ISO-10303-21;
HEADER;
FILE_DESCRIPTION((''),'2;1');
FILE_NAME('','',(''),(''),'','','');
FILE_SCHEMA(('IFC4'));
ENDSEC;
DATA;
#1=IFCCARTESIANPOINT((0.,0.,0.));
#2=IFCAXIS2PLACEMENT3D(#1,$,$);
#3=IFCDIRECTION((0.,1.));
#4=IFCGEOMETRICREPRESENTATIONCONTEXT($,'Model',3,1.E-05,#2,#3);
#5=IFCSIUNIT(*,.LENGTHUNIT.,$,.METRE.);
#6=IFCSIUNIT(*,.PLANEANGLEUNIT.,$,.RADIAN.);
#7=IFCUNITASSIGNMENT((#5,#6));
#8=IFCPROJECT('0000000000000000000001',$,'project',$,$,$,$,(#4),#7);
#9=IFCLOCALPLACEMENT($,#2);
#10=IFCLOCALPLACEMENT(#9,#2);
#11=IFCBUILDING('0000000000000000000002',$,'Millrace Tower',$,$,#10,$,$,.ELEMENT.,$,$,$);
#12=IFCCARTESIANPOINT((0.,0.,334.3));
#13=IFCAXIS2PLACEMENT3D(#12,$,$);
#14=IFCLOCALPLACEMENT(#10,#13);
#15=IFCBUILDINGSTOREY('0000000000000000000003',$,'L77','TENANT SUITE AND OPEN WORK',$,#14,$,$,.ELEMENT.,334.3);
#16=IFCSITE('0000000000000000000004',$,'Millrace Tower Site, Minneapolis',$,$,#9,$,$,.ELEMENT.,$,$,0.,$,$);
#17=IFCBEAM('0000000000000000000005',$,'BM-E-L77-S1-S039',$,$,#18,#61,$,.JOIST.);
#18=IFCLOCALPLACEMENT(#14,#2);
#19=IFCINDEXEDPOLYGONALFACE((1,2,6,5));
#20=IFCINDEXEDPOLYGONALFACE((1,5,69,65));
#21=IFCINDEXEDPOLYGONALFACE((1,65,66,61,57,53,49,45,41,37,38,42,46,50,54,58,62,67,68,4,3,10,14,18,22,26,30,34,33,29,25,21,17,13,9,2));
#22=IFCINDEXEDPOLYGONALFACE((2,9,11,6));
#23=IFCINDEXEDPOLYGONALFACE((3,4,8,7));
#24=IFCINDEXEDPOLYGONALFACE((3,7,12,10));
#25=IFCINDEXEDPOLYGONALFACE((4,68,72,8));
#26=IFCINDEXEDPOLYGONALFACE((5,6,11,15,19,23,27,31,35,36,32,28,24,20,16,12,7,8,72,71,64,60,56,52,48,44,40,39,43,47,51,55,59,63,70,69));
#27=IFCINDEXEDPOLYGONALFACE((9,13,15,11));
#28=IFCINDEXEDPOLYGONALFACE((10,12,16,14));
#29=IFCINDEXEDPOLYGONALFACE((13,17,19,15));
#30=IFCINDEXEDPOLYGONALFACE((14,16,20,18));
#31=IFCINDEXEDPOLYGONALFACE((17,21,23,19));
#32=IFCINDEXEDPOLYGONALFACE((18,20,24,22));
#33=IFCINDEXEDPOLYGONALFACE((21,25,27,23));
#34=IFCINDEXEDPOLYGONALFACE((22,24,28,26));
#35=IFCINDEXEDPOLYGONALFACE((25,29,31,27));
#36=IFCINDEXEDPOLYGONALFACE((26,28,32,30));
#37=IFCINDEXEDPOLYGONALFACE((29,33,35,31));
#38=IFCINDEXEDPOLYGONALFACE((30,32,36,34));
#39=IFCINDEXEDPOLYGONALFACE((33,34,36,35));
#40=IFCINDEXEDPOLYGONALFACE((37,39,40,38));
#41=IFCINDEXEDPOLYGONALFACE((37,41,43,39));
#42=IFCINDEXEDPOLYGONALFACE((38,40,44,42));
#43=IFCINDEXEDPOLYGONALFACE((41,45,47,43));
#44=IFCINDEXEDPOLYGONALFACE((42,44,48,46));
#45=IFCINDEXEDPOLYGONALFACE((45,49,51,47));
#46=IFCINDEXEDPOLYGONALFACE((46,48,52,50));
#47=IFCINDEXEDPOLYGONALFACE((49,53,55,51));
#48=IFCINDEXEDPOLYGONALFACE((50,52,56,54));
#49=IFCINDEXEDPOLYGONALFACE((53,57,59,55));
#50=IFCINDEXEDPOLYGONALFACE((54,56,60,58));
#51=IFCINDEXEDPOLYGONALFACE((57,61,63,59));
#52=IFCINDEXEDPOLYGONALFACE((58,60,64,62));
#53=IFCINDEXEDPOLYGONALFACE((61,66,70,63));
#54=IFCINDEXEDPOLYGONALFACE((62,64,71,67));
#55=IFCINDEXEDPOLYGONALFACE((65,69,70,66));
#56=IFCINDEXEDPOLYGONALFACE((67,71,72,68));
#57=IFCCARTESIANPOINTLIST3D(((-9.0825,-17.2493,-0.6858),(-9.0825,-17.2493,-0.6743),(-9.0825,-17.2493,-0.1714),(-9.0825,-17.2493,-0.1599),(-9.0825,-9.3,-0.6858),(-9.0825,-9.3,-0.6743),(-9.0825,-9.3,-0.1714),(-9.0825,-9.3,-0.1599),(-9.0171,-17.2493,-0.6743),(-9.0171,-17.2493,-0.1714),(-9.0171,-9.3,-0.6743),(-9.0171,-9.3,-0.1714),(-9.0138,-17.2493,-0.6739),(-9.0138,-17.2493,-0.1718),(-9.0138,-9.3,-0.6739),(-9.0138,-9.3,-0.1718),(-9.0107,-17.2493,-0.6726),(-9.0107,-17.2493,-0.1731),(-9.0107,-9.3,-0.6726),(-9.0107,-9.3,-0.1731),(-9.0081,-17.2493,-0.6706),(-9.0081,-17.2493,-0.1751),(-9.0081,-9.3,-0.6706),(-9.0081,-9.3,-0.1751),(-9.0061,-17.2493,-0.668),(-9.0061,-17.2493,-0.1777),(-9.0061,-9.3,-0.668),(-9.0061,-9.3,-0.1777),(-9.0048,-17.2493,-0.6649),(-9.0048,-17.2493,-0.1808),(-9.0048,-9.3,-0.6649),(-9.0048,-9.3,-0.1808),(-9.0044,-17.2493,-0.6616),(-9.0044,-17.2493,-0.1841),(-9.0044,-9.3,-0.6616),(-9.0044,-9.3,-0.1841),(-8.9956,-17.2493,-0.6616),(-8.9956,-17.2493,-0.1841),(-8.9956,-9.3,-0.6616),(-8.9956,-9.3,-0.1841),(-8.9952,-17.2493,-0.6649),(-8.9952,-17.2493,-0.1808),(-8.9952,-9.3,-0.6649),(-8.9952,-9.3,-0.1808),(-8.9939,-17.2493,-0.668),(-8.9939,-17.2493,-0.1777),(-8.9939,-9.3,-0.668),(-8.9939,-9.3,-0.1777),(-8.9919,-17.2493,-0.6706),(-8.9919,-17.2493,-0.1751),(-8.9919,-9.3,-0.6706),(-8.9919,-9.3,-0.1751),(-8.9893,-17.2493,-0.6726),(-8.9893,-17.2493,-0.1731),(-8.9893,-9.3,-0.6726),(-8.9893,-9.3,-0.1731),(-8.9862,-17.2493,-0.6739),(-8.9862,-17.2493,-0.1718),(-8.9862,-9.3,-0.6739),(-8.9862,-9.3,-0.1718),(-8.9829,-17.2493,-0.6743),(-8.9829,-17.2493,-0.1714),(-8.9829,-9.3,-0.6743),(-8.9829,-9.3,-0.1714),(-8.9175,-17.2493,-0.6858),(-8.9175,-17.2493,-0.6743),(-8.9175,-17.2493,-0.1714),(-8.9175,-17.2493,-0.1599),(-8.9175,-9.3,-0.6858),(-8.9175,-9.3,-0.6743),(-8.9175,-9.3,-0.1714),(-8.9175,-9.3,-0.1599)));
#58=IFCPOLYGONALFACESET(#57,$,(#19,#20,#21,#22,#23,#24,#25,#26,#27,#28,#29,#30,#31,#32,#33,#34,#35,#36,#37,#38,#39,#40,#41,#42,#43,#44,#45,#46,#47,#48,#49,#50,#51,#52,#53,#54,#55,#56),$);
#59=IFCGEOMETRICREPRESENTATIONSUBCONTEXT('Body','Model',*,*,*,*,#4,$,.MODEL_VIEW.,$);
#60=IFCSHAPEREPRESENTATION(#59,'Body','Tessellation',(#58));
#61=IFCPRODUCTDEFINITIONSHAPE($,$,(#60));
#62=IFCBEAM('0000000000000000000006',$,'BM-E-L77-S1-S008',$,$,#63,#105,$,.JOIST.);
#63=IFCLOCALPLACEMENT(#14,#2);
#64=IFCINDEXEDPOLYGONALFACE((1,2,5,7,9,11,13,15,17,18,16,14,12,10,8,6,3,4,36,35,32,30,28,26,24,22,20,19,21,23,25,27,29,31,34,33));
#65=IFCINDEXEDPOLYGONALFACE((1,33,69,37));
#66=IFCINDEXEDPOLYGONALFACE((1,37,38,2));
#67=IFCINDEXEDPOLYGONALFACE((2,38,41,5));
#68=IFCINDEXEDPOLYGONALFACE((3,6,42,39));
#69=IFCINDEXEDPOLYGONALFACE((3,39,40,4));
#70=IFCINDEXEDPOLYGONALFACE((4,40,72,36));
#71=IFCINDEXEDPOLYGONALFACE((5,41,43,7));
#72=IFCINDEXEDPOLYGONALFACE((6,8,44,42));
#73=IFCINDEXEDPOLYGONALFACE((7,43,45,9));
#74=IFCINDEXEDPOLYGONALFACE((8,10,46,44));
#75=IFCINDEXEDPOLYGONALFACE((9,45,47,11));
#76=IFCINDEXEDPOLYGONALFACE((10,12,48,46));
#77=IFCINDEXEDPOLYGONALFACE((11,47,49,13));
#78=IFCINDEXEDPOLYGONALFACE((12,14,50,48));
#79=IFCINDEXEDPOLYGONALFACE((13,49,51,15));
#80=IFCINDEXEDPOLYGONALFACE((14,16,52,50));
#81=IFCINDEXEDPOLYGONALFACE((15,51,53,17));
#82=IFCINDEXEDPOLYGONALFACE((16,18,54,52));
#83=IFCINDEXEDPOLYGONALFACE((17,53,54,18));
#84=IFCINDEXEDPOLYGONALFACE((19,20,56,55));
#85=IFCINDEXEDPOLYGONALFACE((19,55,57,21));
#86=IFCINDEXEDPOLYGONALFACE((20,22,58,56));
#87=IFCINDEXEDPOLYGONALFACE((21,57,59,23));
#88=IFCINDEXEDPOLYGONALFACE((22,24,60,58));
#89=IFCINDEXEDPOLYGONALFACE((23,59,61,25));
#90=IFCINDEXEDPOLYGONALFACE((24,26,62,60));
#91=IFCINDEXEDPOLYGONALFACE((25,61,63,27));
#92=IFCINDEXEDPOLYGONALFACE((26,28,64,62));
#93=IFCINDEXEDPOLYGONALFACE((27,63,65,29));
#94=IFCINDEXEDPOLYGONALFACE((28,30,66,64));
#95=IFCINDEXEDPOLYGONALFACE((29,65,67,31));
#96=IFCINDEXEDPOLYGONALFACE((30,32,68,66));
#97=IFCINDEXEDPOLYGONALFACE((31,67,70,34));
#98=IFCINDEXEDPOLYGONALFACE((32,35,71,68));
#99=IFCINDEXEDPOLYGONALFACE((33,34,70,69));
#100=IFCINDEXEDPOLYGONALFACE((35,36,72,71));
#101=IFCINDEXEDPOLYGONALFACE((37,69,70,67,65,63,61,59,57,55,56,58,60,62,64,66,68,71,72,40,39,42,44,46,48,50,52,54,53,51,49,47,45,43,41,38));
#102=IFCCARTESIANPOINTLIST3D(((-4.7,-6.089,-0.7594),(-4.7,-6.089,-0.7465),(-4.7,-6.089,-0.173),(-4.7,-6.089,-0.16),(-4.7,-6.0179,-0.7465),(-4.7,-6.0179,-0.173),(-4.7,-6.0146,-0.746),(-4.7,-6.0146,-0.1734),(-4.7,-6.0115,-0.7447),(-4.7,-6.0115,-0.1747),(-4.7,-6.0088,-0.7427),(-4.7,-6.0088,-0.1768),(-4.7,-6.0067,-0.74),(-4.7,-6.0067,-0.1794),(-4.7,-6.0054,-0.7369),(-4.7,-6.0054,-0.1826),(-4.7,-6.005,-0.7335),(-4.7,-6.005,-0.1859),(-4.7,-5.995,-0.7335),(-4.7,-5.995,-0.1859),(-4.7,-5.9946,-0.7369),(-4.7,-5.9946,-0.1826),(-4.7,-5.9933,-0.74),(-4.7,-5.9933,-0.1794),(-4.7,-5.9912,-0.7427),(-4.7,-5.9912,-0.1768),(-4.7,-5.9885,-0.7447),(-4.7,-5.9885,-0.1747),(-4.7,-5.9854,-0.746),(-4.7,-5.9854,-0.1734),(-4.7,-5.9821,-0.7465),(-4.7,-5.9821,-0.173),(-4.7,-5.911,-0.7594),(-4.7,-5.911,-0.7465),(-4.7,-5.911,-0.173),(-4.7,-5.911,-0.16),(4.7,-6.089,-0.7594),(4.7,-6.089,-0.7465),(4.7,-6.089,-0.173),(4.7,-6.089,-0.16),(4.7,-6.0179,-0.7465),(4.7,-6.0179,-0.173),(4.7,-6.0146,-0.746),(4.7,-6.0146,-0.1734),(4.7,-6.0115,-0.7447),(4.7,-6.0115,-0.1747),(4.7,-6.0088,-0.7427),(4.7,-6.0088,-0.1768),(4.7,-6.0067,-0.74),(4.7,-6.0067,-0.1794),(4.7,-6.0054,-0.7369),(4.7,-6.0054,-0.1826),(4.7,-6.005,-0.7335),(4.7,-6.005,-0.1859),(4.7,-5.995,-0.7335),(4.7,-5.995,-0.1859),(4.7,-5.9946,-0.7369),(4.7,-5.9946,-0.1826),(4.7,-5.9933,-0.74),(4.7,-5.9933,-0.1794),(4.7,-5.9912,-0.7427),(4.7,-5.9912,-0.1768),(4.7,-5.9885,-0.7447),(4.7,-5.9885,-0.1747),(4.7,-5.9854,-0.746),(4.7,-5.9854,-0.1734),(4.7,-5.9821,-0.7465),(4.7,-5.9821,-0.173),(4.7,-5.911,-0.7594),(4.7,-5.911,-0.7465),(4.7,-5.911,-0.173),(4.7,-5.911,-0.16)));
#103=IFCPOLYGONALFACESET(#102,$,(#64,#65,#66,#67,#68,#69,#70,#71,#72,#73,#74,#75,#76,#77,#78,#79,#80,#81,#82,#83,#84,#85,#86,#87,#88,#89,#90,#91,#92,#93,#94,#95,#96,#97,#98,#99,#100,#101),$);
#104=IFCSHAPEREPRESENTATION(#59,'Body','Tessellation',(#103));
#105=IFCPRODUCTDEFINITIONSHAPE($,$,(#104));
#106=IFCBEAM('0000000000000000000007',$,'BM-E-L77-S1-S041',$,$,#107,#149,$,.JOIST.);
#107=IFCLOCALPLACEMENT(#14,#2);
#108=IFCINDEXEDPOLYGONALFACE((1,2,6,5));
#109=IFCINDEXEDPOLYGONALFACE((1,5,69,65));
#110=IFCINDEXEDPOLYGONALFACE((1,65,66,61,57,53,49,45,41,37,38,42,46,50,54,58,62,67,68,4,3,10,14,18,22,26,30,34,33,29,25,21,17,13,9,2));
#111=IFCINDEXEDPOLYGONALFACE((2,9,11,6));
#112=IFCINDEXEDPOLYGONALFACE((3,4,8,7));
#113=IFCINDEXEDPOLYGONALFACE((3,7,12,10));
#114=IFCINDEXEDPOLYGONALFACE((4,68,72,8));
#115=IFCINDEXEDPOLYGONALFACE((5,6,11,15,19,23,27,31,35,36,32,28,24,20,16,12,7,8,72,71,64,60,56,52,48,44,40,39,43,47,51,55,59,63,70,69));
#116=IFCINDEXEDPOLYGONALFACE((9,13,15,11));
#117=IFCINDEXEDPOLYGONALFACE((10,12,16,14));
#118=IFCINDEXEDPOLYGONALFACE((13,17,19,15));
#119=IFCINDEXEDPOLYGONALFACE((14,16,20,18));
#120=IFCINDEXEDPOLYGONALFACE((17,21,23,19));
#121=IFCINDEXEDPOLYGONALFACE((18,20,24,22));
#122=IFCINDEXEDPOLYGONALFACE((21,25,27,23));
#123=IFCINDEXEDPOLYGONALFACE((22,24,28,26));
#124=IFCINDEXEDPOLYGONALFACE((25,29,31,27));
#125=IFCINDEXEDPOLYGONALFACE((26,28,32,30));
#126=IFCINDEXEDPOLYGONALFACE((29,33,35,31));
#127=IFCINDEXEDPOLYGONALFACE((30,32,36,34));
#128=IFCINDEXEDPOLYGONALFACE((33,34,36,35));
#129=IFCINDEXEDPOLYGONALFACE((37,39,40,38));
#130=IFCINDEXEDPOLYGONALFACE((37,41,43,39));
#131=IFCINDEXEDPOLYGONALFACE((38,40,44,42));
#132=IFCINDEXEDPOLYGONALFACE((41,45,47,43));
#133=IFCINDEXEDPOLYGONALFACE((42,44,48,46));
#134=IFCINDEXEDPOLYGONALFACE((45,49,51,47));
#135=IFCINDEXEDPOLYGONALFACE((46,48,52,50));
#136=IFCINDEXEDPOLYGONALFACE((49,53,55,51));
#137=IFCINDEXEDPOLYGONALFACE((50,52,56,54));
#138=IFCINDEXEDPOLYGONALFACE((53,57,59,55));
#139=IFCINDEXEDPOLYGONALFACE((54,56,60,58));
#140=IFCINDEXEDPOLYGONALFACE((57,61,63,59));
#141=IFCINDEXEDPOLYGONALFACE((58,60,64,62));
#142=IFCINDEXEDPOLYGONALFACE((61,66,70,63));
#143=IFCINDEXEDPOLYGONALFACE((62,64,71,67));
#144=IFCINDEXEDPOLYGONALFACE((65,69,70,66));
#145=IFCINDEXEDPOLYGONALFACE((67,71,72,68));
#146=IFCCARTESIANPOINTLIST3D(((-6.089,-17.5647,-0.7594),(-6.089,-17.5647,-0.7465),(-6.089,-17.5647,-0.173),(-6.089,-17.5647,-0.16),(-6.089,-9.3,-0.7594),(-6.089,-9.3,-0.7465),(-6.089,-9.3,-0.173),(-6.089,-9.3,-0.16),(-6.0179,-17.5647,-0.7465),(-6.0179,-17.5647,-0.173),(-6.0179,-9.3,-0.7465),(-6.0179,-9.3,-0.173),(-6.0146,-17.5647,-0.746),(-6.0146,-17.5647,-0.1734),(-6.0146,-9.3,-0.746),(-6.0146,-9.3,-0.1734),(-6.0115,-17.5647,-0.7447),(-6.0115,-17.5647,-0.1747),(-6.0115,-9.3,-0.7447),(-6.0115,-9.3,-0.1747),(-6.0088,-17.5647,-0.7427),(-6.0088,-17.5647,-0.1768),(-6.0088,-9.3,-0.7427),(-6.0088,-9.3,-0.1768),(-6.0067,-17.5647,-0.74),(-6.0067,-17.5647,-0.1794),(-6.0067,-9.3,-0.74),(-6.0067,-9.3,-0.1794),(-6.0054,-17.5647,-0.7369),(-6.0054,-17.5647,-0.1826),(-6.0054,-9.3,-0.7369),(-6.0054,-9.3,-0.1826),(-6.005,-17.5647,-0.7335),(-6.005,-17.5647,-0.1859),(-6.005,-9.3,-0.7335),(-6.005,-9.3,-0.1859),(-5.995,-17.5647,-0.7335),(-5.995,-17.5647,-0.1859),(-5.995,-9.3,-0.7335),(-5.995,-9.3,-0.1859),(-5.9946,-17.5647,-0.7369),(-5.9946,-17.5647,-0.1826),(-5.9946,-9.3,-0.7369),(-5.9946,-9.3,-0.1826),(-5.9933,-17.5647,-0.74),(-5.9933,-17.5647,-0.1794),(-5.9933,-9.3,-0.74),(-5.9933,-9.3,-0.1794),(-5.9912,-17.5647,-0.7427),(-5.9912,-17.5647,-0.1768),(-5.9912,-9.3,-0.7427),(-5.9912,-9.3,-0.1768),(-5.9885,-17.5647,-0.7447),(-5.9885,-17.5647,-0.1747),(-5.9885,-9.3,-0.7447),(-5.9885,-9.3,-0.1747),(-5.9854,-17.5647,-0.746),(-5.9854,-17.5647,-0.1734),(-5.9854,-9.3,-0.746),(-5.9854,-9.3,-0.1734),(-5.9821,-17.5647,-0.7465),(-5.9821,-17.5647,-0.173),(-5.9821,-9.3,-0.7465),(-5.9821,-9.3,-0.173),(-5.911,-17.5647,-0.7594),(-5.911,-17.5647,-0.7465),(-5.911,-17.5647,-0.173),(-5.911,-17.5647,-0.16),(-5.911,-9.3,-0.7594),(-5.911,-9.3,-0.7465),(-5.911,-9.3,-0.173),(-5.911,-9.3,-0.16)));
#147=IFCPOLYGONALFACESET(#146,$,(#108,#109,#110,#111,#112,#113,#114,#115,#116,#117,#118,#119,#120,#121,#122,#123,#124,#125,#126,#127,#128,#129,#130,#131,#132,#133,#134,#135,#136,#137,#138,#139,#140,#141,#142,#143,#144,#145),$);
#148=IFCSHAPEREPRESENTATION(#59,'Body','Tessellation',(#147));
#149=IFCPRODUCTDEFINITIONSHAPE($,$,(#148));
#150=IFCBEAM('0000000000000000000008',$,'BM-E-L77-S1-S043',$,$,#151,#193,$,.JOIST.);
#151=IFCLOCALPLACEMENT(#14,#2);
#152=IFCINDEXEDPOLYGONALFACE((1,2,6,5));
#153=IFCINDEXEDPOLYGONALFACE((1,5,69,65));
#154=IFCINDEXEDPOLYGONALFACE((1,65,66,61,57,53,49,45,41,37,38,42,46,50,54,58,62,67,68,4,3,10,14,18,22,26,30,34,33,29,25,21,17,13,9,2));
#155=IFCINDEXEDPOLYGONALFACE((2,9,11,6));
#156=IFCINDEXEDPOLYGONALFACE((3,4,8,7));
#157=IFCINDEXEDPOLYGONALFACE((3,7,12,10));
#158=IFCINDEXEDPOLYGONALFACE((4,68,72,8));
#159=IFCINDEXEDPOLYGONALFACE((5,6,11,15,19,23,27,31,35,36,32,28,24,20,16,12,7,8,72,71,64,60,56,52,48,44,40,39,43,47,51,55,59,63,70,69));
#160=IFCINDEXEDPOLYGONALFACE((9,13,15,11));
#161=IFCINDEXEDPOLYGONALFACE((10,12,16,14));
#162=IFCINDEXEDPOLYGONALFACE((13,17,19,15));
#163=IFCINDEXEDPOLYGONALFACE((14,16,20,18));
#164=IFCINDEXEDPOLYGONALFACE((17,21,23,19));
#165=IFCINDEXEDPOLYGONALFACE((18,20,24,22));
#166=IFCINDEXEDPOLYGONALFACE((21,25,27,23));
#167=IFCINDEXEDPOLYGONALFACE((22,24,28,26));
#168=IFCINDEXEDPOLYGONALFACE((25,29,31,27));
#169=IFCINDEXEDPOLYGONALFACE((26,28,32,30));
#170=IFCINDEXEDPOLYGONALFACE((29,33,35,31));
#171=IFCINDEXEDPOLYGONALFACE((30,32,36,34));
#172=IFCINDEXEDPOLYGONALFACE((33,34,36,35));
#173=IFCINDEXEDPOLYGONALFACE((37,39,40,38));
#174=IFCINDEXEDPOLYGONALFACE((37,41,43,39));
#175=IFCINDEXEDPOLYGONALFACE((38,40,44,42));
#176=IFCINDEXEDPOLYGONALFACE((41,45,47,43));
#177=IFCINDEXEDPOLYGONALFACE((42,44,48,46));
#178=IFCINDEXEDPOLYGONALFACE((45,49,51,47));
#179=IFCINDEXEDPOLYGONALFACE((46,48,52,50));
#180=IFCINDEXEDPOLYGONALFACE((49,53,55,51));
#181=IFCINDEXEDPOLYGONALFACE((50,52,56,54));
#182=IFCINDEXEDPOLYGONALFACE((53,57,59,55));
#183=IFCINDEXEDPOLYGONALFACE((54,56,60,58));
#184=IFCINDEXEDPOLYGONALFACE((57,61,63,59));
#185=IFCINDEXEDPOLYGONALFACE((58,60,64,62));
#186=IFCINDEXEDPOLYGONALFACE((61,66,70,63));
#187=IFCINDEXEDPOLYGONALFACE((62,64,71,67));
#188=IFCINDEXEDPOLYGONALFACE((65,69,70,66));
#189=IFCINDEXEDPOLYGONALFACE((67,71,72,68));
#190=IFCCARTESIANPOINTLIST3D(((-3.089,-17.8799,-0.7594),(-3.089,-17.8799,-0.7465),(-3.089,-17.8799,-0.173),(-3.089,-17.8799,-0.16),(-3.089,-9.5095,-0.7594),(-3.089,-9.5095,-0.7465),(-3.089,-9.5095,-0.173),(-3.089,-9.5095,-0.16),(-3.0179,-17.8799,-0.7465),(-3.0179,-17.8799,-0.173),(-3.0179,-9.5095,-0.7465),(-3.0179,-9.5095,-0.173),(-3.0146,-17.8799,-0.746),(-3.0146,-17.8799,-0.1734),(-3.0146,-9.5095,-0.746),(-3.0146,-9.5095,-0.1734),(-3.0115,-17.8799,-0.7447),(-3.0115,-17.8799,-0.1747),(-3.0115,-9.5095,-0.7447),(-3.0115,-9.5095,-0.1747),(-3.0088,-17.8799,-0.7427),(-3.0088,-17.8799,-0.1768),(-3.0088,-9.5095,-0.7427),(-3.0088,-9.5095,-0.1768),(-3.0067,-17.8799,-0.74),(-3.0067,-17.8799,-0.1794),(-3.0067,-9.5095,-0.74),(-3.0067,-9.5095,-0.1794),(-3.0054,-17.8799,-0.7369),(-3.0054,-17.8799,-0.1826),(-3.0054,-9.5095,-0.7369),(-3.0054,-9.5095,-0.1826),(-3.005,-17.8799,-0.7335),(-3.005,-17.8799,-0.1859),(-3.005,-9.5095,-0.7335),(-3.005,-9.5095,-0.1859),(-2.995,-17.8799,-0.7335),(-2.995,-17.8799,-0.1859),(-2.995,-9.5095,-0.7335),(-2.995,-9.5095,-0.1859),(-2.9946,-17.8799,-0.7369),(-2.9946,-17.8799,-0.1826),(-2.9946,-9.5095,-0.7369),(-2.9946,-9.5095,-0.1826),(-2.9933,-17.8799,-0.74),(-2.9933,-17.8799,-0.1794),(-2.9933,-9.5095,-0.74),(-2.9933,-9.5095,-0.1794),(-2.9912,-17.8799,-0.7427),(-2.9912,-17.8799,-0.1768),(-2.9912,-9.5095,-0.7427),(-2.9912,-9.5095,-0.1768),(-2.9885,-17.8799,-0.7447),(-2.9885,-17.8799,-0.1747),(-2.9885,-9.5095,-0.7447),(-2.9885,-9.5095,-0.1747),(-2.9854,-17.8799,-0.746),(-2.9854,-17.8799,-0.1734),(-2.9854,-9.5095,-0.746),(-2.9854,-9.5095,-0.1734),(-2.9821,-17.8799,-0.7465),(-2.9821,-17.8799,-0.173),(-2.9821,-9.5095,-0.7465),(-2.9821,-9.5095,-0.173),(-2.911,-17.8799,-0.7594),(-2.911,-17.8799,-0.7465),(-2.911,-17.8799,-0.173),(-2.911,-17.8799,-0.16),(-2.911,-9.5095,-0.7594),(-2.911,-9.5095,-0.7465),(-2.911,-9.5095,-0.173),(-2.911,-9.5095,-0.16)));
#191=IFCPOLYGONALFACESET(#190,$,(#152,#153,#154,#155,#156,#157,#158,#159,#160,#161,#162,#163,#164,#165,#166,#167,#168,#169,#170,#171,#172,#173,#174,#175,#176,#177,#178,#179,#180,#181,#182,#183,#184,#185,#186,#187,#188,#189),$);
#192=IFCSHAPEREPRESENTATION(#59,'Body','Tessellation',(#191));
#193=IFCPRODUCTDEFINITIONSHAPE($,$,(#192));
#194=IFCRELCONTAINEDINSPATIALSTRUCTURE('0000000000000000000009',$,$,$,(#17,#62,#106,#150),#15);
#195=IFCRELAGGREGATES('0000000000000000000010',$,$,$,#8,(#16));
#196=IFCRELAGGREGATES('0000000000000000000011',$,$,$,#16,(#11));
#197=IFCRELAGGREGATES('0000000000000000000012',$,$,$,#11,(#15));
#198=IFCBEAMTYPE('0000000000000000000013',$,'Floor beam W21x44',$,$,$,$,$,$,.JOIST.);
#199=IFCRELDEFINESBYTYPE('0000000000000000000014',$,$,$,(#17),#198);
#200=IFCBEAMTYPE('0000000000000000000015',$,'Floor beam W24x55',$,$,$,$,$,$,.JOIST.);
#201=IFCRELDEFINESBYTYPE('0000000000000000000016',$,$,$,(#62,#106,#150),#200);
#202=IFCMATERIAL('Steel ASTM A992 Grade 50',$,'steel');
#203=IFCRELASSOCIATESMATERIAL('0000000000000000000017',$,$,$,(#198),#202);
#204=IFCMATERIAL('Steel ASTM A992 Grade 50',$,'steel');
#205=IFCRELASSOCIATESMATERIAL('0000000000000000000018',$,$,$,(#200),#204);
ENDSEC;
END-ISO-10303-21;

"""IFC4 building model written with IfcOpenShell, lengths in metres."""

from ifc_helpers import new_model, si_unit, direction, frame, origin, origin_2d, place, context, subcontext, project, spatial, i_section, extrude, material, material_profile, profile_set, type_object, element, save


model = new_model("IFC4")

# Units and contexts
model_context = context("Model", 3, precision=1e-05, world=origin(), true_north=direction((0.0, 1.0)))
body_context = subcontext(model_context, "Body", "Model", "MODEL_VIEW")
ifc_project = project(units=[si_unit("LENGTHUNIT", "METRE"), si_unit("PLANEANGLEUNIT", "RADIAN")], contexts=[model_context])

# Site, building, storey
site_placement = place(None, origin())
site = spatial("IfcSite", under=ifc_project, at=site_placement, Name="Millrace Tower Site, Minneapolis", CompositionType="ELEMENT", RefElevation=0.0)
building_placement = place(site_placement, origin())
building = spatial("IfcBuilding", under=site, at=building_placement, Name="Millrace Tower", CompositionType="ELEMENT")
storey_placement = place(building_placement, frame((0.0, 0.0, 334.3)))
storey = spatial("IfcBuildingStorey", under=building, at=storey_placement, Name="L77", Description="TENANT SUITE AND OPEN WORK", CompositionType="ELEMENT", Elevation=334.3)

# Beams
ifc_material_1 = material(Name="Steel ASTM A992 Grade 50", Category="steel")
ifc_material_profile_1 = material_profile(ifc_material_1, i_section(OverallWidth=0.165, OverallDepth=0.5259, WebThickness=0.0088, FlangeThickness=0.0115, FilletRadius=0.0127, at=origin_2d()))
ifc_profile_set_1 = profile_set([ifc_material_profile_1], Name="Steel ASTM A992 Grade 50")
beam_type_1 = type_object("IfcBeamType", Name="Floor beam W21x44", PredefinedType="JOIST", material=ifc_profile_set_1)
beam_1_placement = place(storey_placement, frame((-9.0, -17.2493, -0.4229), z_axis=(0.0, 1.0, 0.0), x_axis=(-1.0, 0.0, 0.0)))
element("IfcBeam", 1, at=beam_1_placement, inside=storey, type_object=beam_type_1, Name="BM-E-L77-S1-S039", PredefinedType="JOIST", context=body_context, shape_type="SweptSolid", body=[
    extrude(i_section(OverallWidth=0.165, OverallDepth=0.5259, WebThickness=0.0088, FlangeThickness=0.0115, FilletRadius=0.0127, at=origin_2d()), origin(), (0.0, 0.0, 1.0), 7.9492),
])
ifc_material_2 = material(Name="Steel ASTM A992 Grade 50", Category="steel")
ifc_material_profile_2 = material_profile(ifc_material_2, i_section(OverallWidth=0.178, OverallDepth=0.5994, WebThickness=0.01, FlangeThickness=0.0129, FilletRadius=0.0129, at=origin_2d()))
ifc_profile_set_2 = profile_set([ifc_material_profile_2], Name="Steel ASTM A992 Grade 50")
beam_type_2 = type_object("IfcBeamType", Name="Floor beam W24x55", PredefinedType="JOIST", material=ifc_profile_set_2)
beam_2_placement = place(storey_placement, frame((-4.7, -6.0, -0.4597), z_axis=(1.0, 0.0, 0.0), x_axis=(0.0, 1.0, 0.0)))
element("IfcBeam", 2, at=beam_2_placement, inside=storey, type_object=beam_type_2, Name="BM-E-L77-S1-S008", PredefinedType="JOIST", context=body_context, shape_type="SweptSolid", body=[
    extrude(i_section(OverallWidth=0.178, OverallDepth=0.5994, WebThickness=0.01, FlangeThickness=0.0129, FilletRadius=0.0129, at=origin_2d()), origin(), (0.0, 0.0, 1.0), 9.3999),
])
beam_3_placement = place(storey_placement, frame((-6.0, -17.5647, -0.4597), z_axis=(0.0, 1.0, 0.0), x_axis=(-1.0, 0.0, 0.0)))
element("IfcBeam", 3, at=beam_3_placement, inside=storey, type_object=beam_type_2, Name="BM-E-L77-S1-S041", PredefinedType="JOIST", context=body_context, shape_type="SweptSolid", body=[
    extrude(i_section(OverallWidth=0.178, OverallDepth=0.5994, WebThickness=0.01, FlangeThickness=0.0129, FilletRadius=0.0129, at=origin_2d()), origin(), (0.0, 0.0, 1.0), 8.2646),
])
beam_4_placement = place(storey_placement, frame((-3.0, -17.8799, -0.4597), z_axis=(0.0, 1.0, 0.0), x_axis=(-1.0, 0.0, 0.0)))
element("IfcBeam", 4, at=beam_4_placement, inside=storey, type_object=beam_type_2, Name="BM-E-L77-S1-S043", PredefinedType="JOIST", context=body_context, shape_type="SweptSolid", body=[
    extrude(i_section(OverallWidth=0.178, OverallDepth=0.5994, WebThickness=0.01, FlangeThickness=0.0129, FilletRadius=0.0129, at=origin_2d()), origin(), (0.0, 0.0, 1.0), 8.3704),
])

save(model, "model.ifc")
